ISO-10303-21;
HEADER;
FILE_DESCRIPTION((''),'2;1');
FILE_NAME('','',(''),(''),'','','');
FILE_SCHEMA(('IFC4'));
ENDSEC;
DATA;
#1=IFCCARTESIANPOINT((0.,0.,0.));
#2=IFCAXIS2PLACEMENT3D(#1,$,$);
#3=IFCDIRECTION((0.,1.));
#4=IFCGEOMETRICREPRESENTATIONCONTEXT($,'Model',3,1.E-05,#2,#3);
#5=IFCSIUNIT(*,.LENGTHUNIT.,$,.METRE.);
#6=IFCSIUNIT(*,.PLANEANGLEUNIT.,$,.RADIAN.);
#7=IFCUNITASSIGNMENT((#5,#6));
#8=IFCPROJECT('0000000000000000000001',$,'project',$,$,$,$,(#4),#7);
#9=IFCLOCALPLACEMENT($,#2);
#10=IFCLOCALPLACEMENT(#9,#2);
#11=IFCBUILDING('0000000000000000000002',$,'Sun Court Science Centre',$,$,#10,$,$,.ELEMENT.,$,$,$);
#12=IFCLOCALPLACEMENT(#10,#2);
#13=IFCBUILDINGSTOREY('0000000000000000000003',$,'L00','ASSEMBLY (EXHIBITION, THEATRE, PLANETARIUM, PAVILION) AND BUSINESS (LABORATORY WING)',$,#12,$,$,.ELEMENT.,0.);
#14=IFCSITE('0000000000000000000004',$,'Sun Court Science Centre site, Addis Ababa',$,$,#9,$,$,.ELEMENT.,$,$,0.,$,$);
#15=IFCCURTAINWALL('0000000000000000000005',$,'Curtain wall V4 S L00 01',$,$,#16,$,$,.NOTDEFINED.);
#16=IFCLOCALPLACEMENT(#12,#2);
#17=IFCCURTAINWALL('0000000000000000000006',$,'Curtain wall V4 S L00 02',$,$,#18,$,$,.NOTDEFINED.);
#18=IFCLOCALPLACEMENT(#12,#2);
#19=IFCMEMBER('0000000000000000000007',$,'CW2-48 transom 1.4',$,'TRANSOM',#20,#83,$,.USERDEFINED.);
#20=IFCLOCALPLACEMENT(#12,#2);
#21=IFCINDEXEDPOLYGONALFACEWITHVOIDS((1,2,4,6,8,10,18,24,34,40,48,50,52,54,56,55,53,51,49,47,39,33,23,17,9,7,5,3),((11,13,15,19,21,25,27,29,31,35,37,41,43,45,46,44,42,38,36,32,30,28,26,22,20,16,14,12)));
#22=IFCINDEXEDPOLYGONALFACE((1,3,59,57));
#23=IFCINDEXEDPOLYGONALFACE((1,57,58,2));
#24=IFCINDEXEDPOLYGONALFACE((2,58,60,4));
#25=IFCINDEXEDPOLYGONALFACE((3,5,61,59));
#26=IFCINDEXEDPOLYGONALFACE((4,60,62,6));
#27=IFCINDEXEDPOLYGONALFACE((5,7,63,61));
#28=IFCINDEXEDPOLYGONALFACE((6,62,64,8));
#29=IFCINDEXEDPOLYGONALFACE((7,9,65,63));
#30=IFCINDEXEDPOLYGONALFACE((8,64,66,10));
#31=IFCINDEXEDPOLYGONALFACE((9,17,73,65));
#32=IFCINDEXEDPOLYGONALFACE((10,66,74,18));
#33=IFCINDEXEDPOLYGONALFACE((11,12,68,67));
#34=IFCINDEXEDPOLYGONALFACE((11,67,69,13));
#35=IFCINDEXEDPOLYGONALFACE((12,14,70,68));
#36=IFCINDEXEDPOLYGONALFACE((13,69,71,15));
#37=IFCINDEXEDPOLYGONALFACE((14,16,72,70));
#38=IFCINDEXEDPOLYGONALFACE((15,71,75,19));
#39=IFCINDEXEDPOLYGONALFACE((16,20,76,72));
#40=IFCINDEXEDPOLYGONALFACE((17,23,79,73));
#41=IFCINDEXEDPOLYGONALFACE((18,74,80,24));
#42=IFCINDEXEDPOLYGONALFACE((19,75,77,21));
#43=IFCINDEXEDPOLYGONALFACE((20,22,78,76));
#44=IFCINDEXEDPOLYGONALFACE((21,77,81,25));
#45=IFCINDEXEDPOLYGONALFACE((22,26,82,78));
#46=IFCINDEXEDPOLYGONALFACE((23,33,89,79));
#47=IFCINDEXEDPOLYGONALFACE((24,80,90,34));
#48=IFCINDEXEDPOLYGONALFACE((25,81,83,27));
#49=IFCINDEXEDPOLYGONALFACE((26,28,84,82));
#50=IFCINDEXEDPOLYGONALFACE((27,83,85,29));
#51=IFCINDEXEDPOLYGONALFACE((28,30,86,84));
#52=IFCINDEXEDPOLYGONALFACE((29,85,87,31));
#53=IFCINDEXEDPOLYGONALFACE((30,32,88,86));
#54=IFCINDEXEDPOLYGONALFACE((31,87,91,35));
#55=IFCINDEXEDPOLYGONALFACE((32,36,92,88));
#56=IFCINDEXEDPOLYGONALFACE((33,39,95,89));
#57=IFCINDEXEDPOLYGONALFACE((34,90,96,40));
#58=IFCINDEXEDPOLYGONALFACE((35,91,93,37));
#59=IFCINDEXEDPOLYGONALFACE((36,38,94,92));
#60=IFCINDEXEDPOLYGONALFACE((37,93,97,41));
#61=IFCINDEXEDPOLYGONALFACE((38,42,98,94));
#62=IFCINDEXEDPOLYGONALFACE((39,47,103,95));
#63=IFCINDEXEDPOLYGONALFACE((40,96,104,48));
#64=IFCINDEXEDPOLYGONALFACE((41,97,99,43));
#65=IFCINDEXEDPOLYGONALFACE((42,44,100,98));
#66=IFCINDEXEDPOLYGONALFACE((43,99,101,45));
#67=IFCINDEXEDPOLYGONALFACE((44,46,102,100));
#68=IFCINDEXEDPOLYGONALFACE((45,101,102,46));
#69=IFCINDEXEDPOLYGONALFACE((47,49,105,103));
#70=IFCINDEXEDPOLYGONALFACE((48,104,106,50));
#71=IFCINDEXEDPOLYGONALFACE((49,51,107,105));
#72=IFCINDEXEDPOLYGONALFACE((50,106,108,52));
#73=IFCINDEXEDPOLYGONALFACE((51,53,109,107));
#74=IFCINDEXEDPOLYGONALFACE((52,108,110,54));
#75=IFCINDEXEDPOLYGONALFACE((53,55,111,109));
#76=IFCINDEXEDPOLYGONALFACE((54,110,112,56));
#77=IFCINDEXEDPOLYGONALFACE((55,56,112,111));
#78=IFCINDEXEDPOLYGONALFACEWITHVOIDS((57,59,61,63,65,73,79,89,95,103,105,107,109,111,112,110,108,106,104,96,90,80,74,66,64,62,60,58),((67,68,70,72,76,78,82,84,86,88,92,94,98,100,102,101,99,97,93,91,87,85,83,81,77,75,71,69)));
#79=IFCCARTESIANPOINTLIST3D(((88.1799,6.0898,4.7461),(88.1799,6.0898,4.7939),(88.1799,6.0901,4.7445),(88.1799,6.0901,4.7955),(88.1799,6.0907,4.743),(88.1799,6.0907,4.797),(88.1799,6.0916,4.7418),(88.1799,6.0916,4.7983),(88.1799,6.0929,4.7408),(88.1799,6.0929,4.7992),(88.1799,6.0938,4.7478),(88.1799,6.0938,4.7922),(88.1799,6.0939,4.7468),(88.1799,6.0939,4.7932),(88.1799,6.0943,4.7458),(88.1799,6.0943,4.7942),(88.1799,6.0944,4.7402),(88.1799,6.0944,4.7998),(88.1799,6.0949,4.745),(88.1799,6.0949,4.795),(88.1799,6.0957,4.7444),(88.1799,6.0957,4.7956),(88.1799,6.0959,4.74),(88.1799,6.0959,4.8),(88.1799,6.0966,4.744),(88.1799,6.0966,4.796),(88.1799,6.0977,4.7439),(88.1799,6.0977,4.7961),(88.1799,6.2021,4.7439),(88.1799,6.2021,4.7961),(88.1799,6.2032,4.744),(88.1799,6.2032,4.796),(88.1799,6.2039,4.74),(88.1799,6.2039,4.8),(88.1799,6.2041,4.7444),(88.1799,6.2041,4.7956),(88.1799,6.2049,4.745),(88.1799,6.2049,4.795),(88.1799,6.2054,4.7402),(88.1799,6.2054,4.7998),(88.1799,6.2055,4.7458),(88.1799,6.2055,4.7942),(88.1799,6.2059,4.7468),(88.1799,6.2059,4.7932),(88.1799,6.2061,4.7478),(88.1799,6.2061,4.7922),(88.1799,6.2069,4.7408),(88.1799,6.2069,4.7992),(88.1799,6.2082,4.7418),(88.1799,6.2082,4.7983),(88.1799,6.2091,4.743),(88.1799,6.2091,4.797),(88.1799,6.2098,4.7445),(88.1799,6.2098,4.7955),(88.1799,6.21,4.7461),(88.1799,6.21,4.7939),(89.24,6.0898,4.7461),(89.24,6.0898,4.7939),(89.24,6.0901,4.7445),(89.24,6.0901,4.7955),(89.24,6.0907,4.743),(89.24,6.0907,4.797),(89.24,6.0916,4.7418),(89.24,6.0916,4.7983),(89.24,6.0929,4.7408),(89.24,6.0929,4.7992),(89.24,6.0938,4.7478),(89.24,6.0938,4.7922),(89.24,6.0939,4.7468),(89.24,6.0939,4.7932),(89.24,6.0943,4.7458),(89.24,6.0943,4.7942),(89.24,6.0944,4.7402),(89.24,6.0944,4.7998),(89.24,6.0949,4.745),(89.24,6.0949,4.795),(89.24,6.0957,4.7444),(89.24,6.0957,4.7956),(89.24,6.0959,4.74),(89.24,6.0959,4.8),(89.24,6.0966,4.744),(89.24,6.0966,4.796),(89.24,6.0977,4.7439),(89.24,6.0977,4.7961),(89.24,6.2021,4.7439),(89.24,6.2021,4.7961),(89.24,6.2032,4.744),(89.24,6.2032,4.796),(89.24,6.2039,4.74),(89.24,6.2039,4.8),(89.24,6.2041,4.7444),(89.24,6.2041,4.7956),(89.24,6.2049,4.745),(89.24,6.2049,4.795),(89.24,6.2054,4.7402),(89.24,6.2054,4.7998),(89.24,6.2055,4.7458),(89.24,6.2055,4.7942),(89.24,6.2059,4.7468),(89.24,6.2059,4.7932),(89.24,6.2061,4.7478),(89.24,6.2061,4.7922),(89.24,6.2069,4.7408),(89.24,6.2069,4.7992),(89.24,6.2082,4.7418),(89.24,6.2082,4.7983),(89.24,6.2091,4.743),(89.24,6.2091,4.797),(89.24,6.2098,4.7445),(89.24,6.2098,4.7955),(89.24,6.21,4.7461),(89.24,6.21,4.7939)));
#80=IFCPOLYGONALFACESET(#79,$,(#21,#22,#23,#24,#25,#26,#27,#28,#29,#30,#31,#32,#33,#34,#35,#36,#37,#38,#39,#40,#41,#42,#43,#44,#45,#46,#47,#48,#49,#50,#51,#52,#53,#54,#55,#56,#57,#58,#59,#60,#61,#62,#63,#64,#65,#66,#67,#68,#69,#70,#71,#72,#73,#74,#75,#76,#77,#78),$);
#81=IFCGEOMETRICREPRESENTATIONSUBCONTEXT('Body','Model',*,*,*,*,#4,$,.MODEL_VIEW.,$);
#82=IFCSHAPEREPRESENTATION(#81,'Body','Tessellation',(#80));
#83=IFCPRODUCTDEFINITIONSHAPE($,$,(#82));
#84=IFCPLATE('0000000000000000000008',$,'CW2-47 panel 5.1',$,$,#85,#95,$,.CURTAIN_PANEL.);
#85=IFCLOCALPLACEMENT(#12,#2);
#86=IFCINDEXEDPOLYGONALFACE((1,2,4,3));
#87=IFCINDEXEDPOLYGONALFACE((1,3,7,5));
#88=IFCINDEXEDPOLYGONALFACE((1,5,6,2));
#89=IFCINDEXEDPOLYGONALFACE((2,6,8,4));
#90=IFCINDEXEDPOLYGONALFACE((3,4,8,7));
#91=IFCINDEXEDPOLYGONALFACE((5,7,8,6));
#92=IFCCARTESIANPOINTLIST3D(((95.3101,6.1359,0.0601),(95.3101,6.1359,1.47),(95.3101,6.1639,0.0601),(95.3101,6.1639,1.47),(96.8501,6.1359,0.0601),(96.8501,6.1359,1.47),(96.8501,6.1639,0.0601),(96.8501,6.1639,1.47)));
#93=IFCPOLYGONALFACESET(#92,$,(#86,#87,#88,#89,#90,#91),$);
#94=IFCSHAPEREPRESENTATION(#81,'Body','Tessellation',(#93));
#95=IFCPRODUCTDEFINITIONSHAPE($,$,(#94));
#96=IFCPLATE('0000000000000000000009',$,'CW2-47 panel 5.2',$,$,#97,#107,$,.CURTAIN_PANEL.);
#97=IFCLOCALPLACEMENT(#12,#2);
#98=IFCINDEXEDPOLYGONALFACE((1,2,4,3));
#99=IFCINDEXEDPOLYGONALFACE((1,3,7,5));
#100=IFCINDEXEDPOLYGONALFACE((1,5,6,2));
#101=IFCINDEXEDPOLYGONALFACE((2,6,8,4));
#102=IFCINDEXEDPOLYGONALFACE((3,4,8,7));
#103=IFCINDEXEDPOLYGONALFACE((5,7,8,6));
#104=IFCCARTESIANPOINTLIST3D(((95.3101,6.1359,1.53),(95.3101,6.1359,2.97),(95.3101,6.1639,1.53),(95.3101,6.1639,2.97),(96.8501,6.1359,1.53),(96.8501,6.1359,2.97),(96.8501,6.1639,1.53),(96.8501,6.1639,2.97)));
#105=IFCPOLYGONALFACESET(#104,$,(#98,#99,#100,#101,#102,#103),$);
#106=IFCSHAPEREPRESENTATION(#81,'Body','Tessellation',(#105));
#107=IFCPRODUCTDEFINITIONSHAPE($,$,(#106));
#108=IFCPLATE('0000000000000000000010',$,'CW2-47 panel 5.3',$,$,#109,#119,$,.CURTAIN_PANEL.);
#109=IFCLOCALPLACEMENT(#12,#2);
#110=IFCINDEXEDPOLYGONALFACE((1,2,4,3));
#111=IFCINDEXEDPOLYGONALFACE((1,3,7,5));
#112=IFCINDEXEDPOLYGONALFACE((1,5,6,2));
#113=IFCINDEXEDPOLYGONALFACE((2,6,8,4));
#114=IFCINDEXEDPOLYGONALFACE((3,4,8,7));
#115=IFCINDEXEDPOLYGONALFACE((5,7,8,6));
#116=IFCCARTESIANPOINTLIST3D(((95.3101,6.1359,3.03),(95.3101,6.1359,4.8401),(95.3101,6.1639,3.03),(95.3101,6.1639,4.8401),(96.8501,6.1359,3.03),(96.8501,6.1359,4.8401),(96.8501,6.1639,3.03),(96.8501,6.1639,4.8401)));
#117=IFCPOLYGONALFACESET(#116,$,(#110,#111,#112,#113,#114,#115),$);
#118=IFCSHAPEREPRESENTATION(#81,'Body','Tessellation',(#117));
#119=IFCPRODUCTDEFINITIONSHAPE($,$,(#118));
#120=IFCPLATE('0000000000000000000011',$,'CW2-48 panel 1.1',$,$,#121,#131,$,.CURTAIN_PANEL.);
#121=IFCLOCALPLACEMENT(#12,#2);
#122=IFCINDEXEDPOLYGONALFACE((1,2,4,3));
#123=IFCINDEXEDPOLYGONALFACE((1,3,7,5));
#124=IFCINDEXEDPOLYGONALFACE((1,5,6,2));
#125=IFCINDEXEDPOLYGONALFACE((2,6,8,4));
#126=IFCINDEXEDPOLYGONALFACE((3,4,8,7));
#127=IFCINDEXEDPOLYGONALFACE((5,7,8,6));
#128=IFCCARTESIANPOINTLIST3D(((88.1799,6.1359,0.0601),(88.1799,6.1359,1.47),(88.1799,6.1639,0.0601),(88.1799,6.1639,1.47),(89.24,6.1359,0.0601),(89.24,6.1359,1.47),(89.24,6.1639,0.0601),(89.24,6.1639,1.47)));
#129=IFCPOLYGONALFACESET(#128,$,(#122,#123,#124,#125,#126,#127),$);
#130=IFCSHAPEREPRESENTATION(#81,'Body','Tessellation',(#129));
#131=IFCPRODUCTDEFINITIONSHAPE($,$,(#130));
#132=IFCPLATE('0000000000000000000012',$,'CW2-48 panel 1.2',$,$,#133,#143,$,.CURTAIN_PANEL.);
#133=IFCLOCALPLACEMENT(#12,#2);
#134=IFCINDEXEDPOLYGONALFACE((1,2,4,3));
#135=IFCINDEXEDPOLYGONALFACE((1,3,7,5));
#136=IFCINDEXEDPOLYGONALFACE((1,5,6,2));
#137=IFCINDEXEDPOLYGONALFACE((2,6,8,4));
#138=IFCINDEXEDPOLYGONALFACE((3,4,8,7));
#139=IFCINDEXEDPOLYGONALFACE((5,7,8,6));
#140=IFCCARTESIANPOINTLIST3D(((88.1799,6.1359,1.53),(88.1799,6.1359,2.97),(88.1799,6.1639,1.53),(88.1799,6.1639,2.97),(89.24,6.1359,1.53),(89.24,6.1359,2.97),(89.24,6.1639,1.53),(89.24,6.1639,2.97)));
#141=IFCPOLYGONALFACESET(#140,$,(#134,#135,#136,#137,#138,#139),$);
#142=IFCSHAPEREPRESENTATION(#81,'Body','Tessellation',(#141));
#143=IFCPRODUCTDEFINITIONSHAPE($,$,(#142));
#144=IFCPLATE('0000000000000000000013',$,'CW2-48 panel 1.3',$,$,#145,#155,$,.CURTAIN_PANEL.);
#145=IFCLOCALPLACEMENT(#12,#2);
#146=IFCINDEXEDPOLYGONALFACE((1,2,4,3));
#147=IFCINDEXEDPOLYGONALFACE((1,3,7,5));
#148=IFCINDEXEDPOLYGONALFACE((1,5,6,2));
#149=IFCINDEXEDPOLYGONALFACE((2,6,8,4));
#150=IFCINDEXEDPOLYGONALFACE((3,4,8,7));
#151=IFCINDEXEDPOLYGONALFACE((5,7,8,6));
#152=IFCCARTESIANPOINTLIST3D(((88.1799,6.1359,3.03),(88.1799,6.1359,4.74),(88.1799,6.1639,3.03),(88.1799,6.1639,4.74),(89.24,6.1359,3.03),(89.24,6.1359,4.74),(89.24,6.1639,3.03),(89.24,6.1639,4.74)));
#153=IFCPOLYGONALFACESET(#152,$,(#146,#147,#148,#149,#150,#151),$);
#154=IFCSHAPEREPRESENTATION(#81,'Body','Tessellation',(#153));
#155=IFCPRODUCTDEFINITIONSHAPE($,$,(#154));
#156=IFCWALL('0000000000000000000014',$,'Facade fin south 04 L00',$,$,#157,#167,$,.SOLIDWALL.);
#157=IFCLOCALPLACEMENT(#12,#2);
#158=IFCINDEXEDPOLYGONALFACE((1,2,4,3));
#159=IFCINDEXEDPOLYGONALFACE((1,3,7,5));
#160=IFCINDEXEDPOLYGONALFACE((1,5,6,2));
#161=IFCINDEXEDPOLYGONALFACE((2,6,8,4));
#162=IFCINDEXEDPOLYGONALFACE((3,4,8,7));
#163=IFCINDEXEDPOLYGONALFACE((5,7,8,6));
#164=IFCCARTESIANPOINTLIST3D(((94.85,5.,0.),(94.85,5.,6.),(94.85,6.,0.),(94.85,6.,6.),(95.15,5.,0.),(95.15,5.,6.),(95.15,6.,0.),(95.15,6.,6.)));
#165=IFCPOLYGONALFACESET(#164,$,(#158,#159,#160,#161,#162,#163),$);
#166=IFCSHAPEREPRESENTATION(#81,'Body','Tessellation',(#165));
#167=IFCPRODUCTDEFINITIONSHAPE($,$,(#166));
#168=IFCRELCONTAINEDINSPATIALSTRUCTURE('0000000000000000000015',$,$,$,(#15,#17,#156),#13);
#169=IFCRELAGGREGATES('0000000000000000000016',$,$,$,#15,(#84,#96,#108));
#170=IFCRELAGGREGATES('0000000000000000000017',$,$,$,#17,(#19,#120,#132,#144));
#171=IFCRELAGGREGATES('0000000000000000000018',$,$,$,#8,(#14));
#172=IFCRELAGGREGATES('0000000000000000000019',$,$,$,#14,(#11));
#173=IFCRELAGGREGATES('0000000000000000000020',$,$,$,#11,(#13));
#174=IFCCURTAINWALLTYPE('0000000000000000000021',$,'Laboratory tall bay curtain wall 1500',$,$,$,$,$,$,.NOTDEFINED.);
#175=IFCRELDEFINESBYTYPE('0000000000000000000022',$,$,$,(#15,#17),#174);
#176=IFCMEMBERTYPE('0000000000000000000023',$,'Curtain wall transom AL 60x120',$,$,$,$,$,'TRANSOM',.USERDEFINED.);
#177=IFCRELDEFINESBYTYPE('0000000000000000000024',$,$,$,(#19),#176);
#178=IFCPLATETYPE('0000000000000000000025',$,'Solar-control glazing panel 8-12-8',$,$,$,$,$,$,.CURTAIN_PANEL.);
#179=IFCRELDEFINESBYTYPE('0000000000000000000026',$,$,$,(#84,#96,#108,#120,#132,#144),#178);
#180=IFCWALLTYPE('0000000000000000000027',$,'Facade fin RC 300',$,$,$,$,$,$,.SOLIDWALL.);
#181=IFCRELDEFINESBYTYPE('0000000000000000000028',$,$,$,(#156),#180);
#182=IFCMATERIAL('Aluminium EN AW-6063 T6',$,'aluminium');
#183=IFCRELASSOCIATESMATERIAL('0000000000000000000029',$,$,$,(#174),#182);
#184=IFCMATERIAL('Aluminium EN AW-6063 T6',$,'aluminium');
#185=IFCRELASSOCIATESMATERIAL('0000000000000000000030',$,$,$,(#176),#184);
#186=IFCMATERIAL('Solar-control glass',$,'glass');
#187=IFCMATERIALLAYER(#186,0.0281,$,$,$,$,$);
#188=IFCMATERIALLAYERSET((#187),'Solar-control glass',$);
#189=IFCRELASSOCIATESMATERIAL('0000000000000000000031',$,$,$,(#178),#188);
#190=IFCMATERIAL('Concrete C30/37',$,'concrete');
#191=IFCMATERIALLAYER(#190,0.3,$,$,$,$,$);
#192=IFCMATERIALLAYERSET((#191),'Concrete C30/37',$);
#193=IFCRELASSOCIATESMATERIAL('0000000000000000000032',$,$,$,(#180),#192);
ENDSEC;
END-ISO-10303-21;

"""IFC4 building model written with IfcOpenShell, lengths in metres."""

from ifc_helpers import new_model, si_unit, direction, frame, frame_2d, origin, origin_2d, place, context, subcontext, project, spatial, rectangle, hollow_rectangle, extrude, material, layer, layer_set, material_profile, profile_set, type_object, element, aggregate, save


model = new_model("IFC4")

# Units and contexts
model_context = context("Model", 3, precision=1e-05, world=origin(), true_north=direction((0.0, 1.0)))
body_context = subcontext(model_context, "Body", "Model", "MODEL_VIEW")
ifc_project = project(units=[si_unit("LENGTHUNIT", "METRE"), si_unit("PLANEANGLEUNIT", "RADIAN")], contexts=[model_context])

# Site, building, storey
site_placement = place(None, origin())
site = spatial("IfcSite", under=ifc_project, at=site_placement, Name="Sun Court Science Centre site, Addis Ababa", CompositionType="ELEMENT", RefElevation=0.0)
building_placement = place(site_placement, origin())
building = spatial("IfcBuilding", under=site, at=building_placement, Name="Sun Court Science Centre", CompositionType="ELEMENT")
storey_placement = place(building_placement, origin())
storey = spatial("IfcBuildingStorey", under=building, at=storey_placement, Name="L00", Description="ASSEMBLY (EXHIBITION, THEATRE, PLANETARIUM, PAVILION) AND BUSINESS (LABORATORY WING)", CompositionType="ELEMENT", Elevation=0.0)

# Curtain wall
ifc_material_1 = material(Name="Aluminium EN AW-6063 T6", Category="aluminium")
curtain_wall_type = type_object("IfcCurtainWallType", Name="Laboratory tall bay curtain wall 1500", PredefinedType="NOTDEFINED", material=ifc_material_1)
curtain_wall_1_placement = place(storey_placement, origin())
curtain_wall_1 = element("IfcCurtainWall", 1, at=curtain_wall_1_placement, inside=storey, type_object=curtain_wall_type, Name="Curtain wall V4 S L00 01", PredefinedType="NOTDEFINED")

# Curtain wall
curtain_wall_2_placement = place(storey_placement, origin())
curtain_wall_2 = element("IfcCurtainWall", 2, at=curtain_wall_2_placement, inside=storey, type_object=curtain_wall_type, Name="Curtain wall V4 S L00 02", PredefinedType="NOTDEFINED")

# Member
ifc_material_2 = material(Name="Aluminium EN AW-6063 T6", Category="aluminium")
ifc_material_profile_1 = material_profile(ifc_material_2, hollow_rectangle(XDim=0.0601, YDim=0.1201, WallThickness=0.0039, InnerFilletRadius=0.0039, OuterFilletRadius=0.0061, at=origin_2d()), Name="AL 60x120x4")
ifc_profile_set_1 = profile_set([ifc_material_profile_1], Name="Aluminium EN AW-6063 T6")
member_type_1 = type_object("IfcMemberType", Name="Curtain wall transom AL 60x120", ElementType="TRANSOM", PredefinedType="USERDEFINED", material=ifc_profile_set_1)
member_1_placement = place(storey_placement, frame((89.24, 6.1499, 4.77), z_axis=(-1.0, 0.0, 0.0), x_axis=(0.0, 0.0, 1.0)))
member_1 = element("IfcMember", 3, at=member_1_placement, type_object=member_type_1, Name="CW2-48 transom 1.4", ObjectType="TRANSOM", PredefinedType="USERDEFINED", context=body_context, shape_type="SweptSolid", body=[
    extrude(hollow_rectangle(XDim=0.0601, YDim=0.1201, WallThickness=0.0039, InnerFilletRadius=0.0039, OuterFilletRadius=0.0061, at=origin_2d()), origin(), (0.0, 0.0, 1.0), 1.0601),
])

# Plates
ifc_material_3 = material(Name="Solar-control glass", Category="glass")
ifc_layer_1 = layer(ifc_material_3, 0.0281)
ifc_layer_set_1 = layer_set([ifc_layer_1], Name="Solar-control glass")
plate_type = type_object("IfcPlateType", Name="Solar-control glazing panel 8-12-8", PredefinedType="CURTAIN_PANEL", material=ifc_layer_set_1)
plate_1_placement = place(storey_placement, frame((96.0801, 6.1499, 0.0601), z_axis=(0.0, 0.0, 1.0), x_axis=(-1.0, 0.0, 0.0)))
plate_1 = element("IfcPlate", 4, at=plate_1_placement, type_object=plate_type, Name="CW2-47 panel 5.1", PredefinedType="CURTAIN_PANEL", context=body_context, shape_type="SweptSolid", body=[
    extrude(rectangle(XDim=1.54, YDim=0.0281, at=origin_2d()), origin(), (0.0, 0.0, 1.0), 1.4099),
])
plate_2_placement = place(storey_placement, frame((96.0801, 6.1499, 1.53), z_axis=(0.0, 0.0, 1.0), x_axis=(-1.0, 0.0, 0.0)))
plate_2 = element("IfcPlate", 5, at=plate_2_placement, type_object=plate_type, Name="CW2-47 panel 5.2", PredefinedType="CURTAIN_PANEL", context=body_context, shape_type="SweptSolid", body=[
    extrude(rectangle(XDim=1.54, YDim=0.0281, at=origin_2d()), origin(), (0.0, 0.0, 1.0), 1.4399),
])
plate_3_placement = place(storey_placement, frame((96.0801, 6.1499, 3.03), z_axis=(0.0, 0.0, 1.0), x_axis=(-1.0, 0.0, 0.0)))
plate_3 = element("IfcPlate", 6, at=plate_3_placement, type_object=plate_type, Name="CW2-47 panel 5.3", PredefinedType="CURTAIN_PANEL", context=body_context, shape_type="SweptSolid", body=[
    extrude(rectangle(XDim=1.54, YDim=0.0281, at=origin_2d()), origin(), (0.0, 0.0, 1.0), 1.8101),
])
aggregate(curtain_wall_1, [plate_1, plate_2, plate_3])
plate_4_placement = place(storey_placement, frame((88.71, 6.1499, 0.0601), z_axis=(0.0, 0.0, 1.0), x_axis=(-1.0, 0.0, 0.0)))
plate_4 = element("IfcPlate", 7, at=plate_4_placement, type_object=plate_type, Name="CW2-48 panel 1.1", PredefinedType="CURTAIN_PANEL", context=body_context, shape_type="SweptSolid", body=[
    extrude(rectangle(XDim=1.0601, YDim=0.0281, at=origin_2d()), origin(), (0.0, 0.0, 1.0), 1.4099),
])
plate_5_placement = place(storey_placement, frame((88.71, 6.1499, 1.53), z_axis=(0.0, 0.0, 1.0), x_axis=(-1.0, 0.0, 0.0)))
plate_5 = element("IfcPlate", 8, at=plate_5_placement, type_object=plate_type, Name="CW2-48 panel 1.2", PredefinedType="CURTAIN_PANEL", context=body_context, shape_type="SweptSolid", body=[
    extrude(rectangle(XDim=1.0601, YDim=0.0281, at=origin_2d()), origin(), (0.0, 0.0, 1.0), 1.4399),
])
plate_6_placement = place(storey_placement, frame((88.71, 6.1499, 3.03), z_axis=(0.0, 0.0, 1.0), x_axis=(-1.0, 0.0, 0.0)))
plate_6 = element("IfcPlate", 9, at=plate_6_placement, type_object=plate_type, Name="CW2-48 panel 1.3", PredefinedType="CURTAIN_PANEL", context=body_context, shape_type="SweptSolid", body=[
    extrude(rectangle(XDim=1.0601, YDim=0.0281, at=origin_2d()), origin(), (0.0, 0.0, 1.0), 1.71),
])
aggregate(curtain_wall_2, [member_1, plate_4, plate_5, plate_6])

# Wall
ifc_material_4 = material(Name="Concrete C30/37", Category="concrete")
ifc_layer_2 = layer(ifc_material_4, 0.3)
ifc_layer_set_2 = layer_set([ifc_layer_2], Name="Concrete C30/37")
wall_type_1 = type_object("IfcWallType", Name="Facade fin RC 300", PredefinedType="SOLIDWALL", material=ifc_layer_set_2)
wall_1_placement = place(storey_placement, frame((95.0, 6.0, 0.0), z_axis=(0.0, 0.0, 1.0), x_axis=(0.0, -1.0, 0.0)))
element("IfcWall", 10, at=wall_1_placement, inside=storey, type_object=wall_type_1, Name="Facade fin south 04 L00", PredefinedType="SOLIDWALL", context=body_context, shape_type="SweptSolid", body=[
    extrude(rectangle(XDim=1.0, YDim=0.3, at=frame_2d((0.5, 0.0))), origin(), (0.0, 0.0, 1.0), 6.0),
])

save(model, "model.ifc")
